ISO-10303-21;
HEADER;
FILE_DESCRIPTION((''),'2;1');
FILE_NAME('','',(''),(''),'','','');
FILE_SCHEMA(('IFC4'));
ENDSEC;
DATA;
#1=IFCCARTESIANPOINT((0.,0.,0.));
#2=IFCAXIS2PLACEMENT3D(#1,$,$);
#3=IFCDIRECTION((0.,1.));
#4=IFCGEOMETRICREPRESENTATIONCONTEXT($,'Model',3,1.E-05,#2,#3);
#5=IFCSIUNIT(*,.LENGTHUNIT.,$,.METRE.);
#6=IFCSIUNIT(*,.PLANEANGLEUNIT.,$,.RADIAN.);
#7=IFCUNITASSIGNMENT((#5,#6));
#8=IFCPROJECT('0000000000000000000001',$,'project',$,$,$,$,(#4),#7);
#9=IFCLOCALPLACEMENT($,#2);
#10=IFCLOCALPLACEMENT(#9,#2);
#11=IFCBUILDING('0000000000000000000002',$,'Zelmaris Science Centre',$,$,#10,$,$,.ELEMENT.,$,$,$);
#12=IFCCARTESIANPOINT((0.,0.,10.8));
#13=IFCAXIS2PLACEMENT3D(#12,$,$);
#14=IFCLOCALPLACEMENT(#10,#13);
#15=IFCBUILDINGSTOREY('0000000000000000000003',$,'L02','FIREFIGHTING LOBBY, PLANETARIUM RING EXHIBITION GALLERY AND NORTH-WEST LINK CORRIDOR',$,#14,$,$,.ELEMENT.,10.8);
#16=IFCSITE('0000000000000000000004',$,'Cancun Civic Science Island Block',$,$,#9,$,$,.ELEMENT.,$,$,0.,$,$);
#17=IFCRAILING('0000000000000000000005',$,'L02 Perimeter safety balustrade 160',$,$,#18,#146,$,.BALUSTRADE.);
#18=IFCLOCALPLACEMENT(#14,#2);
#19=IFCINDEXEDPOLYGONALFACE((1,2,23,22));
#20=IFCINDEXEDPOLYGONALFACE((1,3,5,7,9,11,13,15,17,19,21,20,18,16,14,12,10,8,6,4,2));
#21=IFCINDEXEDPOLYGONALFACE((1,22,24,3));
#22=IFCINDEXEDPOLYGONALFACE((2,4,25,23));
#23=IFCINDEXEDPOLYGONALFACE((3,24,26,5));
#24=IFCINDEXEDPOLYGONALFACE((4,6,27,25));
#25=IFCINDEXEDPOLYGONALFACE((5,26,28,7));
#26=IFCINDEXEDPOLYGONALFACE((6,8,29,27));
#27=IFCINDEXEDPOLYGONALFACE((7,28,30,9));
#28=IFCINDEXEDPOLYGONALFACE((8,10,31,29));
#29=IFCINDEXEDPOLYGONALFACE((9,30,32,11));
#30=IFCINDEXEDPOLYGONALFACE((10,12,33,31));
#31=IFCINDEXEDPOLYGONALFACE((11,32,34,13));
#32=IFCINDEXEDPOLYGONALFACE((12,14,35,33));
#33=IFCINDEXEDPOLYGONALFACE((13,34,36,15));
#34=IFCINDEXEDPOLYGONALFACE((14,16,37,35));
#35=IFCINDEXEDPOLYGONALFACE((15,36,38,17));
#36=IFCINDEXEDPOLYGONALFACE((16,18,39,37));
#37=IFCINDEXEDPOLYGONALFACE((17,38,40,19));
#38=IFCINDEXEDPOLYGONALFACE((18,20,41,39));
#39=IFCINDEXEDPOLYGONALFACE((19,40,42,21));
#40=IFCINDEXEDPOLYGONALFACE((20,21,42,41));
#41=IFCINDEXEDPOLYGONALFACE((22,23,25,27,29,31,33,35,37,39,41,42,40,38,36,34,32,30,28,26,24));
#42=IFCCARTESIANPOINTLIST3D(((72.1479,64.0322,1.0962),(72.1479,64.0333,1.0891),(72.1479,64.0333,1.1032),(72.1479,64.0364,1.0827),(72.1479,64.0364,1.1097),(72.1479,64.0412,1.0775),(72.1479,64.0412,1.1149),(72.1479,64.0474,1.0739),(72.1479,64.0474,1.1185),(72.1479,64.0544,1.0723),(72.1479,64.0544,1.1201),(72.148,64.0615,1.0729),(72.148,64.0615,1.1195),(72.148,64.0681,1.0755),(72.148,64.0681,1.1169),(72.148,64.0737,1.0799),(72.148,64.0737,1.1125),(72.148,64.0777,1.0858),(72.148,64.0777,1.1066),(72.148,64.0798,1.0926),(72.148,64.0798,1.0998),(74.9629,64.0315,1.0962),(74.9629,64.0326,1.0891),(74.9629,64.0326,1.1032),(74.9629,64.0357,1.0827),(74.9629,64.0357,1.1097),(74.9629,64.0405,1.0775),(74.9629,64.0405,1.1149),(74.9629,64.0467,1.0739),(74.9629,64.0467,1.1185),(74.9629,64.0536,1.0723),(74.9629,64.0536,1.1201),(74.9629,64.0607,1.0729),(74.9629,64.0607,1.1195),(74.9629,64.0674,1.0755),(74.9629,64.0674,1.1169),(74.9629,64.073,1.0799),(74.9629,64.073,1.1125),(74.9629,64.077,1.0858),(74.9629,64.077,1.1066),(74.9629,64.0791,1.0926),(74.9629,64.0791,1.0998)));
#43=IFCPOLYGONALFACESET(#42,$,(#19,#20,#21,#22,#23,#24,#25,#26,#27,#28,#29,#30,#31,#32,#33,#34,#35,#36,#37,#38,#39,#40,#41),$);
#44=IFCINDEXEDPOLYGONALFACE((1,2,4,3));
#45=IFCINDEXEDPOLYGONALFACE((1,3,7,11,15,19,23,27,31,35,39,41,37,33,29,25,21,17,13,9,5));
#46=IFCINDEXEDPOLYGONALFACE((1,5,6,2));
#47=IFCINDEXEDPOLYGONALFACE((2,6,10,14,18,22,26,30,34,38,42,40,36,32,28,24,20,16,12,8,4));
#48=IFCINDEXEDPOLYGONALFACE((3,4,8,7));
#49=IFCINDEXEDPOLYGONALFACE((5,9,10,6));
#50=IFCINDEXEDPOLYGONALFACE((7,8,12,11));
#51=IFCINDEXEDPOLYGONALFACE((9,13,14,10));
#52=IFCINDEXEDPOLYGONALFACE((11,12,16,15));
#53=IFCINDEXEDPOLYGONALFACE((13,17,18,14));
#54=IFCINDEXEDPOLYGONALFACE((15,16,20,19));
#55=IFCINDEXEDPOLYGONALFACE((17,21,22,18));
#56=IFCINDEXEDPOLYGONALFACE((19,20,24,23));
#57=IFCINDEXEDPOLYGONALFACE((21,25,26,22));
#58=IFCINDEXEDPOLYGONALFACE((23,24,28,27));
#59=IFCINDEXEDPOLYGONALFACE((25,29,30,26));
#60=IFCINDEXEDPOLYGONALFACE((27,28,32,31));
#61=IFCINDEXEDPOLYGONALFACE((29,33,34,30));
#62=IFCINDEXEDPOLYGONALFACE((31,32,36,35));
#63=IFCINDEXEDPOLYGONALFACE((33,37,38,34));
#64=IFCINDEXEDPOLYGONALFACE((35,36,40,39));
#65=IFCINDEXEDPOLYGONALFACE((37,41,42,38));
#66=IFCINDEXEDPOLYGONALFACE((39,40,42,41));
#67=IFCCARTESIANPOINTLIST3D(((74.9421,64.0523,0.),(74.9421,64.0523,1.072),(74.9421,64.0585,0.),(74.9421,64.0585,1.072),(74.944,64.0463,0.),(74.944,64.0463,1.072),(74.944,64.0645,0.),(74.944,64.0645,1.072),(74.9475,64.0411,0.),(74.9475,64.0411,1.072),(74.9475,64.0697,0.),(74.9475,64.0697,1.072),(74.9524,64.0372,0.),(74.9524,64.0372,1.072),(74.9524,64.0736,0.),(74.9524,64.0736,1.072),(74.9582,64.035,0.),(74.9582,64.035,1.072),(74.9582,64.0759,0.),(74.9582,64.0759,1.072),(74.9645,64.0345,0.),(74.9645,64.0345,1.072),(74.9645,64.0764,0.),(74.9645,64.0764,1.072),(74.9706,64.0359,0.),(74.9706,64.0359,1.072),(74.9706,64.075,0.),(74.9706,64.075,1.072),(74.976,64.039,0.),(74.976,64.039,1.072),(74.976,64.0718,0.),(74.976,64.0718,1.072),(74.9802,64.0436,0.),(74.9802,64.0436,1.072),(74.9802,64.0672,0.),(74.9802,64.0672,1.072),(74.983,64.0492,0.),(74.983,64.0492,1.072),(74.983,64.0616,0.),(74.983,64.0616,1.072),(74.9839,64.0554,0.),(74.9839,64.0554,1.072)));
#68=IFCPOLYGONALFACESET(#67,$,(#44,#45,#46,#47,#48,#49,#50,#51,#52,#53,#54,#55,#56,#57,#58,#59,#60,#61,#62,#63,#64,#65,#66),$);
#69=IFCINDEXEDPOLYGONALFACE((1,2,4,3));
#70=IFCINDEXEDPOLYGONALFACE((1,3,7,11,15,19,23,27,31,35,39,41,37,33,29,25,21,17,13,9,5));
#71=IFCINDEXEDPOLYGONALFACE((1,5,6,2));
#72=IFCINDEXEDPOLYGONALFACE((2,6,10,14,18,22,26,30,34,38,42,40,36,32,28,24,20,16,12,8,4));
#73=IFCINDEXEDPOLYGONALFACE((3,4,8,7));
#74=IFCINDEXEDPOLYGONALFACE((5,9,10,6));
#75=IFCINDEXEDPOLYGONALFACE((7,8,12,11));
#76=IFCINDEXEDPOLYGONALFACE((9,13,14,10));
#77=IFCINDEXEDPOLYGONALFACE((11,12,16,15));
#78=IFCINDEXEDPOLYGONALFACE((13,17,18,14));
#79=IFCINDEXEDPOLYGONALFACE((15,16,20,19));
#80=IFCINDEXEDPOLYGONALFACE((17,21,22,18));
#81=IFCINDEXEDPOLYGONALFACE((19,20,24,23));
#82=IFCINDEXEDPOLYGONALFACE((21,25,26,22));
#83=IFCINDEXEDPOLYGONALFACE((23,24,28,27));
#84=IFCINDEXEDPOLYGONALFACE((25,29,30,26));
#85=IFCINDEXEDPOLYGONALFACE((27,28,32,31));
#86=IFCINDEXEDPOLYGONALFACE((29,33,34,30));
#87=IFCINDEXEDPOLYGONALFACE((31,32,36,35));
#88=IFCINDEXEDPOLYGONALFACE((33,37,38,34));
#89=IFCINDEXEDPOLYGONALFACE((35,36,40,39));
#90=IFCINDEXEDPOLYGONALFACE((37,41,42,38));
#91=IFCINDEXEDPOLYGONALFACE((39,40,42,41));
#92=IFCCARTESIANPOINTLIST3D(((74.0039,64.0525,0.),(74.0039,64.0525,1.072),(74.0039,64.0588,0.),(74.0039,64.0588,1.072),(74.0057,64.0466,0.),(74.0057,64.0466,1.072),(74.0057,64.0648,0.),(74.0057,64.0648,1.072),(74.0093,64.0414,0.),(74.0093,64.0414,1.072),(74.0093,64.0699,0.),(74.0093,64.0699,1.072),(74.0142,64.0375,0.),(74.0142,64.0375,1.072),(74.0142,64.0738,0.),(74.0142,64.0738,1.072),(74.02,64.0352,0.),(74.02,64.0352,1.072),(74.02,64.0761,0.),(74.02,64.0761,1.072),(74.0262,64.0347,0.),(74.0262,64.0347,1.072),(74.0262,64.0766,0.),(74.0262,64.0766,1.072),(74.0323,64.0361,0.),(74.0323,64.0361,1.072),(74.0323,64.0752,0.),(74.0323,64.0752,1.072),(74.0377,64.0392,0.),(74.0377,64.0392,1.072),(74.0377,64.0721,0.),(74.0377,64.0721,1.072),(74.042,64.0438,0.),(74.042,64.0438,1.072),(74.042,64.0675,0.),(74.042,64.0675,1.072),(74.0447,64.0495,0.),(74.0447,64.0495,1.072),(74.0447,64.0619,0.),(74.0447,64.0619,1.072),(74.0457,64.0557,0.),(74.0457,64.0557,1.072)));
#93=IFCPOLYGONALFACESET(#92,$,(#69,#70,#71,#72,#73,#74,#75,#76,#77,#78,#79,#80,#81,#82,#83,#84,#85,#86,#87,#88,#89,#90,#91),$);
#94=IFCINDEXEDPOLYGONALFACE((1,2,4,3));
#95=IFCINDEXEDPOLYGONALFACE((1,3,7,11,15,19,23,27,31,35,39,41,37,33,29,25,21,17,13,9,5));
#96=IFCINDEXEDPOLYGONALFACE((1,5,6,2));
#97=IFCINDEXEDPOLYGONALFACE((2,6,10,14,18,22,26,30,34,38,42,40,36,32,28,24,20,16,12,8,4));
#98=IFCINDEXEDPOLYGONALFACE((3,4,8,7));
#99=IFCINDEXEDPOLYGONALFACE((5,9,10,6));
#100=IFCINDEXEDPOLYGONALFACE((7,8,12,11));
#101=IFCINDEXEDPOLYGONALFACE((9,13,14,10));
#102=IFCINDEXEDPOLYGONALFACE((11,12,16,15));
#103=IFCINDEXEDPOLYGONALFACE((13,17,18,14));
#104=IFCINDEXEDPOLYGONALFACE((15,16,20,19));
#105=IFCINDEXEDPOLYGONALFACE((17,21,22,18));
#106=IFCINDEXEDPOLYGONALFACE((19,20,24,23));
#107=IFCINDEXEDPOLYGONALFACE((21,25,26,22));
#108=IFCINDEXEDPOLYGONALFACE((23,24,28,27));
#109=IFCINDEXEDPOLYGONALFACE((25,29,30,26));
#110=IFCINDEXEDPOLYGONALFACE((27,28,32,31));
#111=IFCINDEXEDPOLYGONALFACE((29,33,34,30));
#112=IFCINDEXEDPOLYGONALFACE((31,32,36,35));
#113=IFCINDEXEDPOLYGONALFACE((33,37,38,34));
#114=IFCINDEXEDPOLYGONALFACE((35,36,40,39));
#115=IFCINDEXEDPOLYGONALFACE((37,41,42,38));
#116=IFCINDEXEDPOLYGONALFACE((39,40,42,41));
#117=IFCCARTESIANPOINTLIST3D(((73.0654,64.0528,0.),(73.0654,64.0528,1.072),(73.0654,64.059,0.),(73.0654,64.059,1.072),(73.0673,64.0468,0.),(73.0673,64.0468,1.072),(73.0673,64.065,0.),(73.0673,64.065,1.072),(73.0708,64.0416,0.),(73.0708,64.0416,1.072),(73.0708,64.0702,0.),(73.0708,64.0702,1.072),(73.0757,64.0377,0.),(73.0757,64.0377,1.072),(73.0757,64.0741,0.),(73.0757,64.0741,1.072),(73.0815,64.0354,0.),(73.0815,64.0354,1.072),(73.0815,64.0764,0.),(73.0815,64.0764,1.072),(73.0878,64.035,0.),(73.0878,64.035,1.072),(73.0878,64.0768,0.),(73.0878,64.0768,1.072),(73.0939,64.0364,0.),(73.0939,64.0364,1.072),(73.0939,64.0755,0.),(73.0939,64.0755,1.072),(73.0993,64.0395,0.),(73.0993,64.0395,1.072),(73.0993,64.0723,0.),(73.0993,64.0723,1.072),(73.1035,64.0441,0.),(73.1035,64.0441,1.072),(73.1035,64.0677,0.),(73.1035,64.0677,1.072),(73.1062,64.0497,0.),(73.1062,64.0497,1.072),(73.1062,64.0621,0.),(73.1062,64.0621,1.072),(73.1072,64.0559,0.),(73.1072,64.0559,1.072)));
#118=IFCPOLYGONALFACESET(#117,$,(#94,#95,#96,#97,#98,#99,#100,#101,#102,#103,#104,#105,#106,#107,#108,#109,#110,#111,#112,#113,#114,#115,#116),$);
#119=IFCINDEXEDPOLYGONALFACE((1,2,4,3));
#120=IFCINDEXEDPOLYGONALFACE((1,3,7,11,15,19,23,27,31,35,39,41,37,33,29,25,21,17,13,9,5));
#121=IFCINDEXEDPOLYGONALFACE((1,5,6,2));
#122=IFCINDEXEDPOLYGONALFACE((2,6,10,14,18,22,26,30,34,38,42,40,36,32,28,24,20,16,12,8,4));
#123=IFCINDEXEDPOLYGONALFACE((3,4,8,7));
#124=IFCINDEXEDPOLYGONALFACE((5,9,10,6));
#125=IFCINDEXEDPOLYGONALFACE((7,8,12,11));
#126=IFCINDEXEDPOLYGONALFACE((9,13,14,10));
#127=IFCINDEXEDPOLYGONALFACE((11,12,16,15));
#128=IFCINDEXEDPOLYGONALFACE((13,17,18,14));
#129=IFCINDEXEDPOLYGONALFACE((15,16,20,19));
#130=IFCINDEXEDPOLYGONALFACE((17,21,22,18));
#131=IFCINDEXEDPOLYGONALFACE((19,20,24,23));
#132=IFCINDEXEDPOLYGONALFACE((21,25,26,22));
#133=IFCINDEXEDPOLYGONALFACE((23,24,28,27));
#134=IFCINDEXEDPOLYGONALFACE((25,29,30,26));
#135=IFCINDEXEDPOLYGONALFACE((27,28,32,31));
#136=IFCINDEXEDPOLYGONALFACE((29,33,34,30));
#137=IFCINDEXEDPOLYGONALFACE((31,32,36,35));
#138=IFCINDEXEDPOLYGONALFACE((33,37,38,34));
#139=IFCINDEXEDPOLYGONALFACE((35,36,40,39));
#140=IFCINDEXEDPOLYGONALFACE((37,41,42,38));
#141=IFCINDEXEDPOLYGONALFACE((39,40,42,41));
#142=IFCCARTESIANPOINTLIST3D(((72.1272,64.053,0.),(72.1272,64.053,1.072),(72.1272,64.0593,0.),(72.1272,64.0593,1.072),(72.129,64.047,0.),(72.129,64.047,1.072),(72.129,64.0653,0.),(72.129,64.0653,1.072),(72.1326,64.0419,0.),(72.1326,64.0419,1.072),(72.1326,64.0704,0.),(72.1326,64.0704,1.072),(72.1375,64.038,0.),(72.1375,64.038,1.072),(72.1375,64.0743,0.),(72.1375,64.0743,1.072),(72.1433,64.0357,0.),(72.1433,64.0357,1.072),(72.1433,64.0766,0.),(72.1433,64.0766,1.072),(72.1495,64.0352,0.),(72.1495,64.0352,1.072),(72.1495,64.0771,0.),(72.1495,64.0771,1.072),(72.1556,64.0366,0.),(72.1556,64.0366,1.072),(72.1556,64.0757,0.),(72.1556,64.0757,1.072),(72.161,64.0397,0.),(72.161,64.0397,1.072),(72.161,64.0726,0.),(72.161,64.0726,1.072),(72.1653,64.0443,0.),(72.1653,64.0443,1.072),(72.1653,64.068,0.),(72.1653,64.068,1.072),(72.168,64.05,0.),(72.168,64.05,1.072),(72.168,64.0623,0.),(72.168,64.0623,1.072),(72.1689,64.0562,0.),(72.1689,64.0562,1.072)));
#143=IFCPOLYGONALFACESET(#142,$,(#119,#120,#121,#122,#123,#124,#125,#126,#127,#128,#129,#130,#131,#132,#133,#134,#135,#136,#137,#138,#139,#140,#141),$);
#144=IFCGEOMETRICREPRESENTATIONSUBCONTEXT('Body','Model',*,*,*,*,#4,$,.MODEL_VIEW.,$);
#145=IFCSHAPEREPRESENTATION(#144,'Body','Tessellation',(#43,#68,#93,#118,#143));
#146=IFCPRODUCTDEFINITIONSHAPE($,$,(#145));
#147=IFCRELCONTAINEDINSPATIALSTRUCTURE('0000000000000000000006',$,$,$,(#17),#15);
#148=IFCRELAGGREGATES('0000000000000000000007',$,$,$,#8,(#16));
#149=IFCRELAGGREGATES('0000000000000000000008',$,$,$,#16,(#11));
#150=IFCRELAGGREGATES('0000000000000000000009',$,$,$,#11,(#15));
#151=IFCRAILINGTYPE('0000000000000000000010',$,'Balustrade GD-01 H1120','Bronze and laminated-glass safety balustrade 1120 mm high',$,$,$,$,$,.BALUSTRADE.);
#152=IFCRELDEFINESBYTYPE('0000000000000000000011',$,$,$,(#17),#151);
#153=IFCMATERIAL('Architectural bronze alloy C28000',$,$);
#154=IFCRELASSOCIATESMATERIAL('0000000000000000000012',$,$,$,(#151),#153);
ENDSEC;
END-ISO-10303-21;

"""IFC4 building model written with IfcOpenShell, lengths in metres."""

from ifc_helpers import new_model, si_unit, direction, frame, origin, origin_2d, place, context, subcontext, project, spatial, circle, extrude, material, type_object, element, save


model = new_model("IFC4")

# Units and contexts
model_context = context("Model", 3, precision=1e-05, world=origin(), true_north=direction((0.0, 1.0)))
body_context = subcontext(model_context, "Body", "Model", "MODEL_VIEW")
ifc_project = project(units=[si_unit("LENGTHUNIT", "METRE"), si_unit("PLANEANGLEUNIT", "RADIAN")], contexts=[model_context])

# Site, building, storey
site_placement = place(None, origin())
site = spatial("IfcSite", under=ifc_project, at=site_placement, Name="Cancun Civic Science Island Block", CompositionType="ELEMENT", RefElevation=0.0)
building_placement = place(site_placement, origin())
building = spatial("IfcBuilding", under=site, at=building_placement, Name="Zelmaris Science Centre", CompositionType="ELEMENT")
storey_placement = place(building_placement, frame((0.0, 0.0, 10.8)))
storey = spatial("IfcBuildingStorey", under=building, at=storey_placement, Name="L02", Description="FIREFIGHTING LOBBY, PLANETARIUM RING EXHIBITION GALLERY AND NORTH-WEST LINK CORRIDOR", CompositionType="ELEMENT", Elevation=10.8)

# Railing
ifc_material_1 = material(Name="Architectural bronze alloy C28000")
railing_type = type_object("IfcRailingType", Name="Balustrade GD-01 H1120", Description="Bronze and laminated-glass safety balustrade 1120 mm high", PredefinedType="BALUSTRADE", material=ifc_material_1)
railing_1_placement = place(storey_placement, frame((74.9629, 64.0554, 0.0)))
element("IfcRailing", 1, at=railing_1_placement, inside=storey, type_object=railing_type, Name="L02 Perimeter safety balustrade 160", PredefinedType="BALUSTRADE", context=body_context, shape_type="SweptSolid", body=[
    extrude(circle(Radius=0.0239, at=origin_2d()), frame((0.0, 0.0, 1.0962), z_axis=(-1.0, 0.00026, 0.0), x_axis=(-0.00026, -1.0, 0.0)), (0.0, 0.0, 1.0), 2.8149),
    extrude(circle(Radius=0.021, at=origin_2d()), origin(), (0.0, 0.0, 1.0), 1.072),
    extrude(circle(Radius=0.021, at=origin_2d()), frame((-0.9382, 0.0002, 0.0)), (0.0, 0.0, 1.0), 1.072),
    extrude(circle(Radius=0.021, at=origin_2d()), frame((-1.8767, 0.0005, 0.0)), (0.0, 0.0, 1.0), 1.072),
    extrude(circle(Radius=0.021, at=origin_2d()), frame((-2.8149, 0.0007, 0.0)), (0.0, 0.0, 1.0), 1.072),
])

save(model, "model.ifc")
